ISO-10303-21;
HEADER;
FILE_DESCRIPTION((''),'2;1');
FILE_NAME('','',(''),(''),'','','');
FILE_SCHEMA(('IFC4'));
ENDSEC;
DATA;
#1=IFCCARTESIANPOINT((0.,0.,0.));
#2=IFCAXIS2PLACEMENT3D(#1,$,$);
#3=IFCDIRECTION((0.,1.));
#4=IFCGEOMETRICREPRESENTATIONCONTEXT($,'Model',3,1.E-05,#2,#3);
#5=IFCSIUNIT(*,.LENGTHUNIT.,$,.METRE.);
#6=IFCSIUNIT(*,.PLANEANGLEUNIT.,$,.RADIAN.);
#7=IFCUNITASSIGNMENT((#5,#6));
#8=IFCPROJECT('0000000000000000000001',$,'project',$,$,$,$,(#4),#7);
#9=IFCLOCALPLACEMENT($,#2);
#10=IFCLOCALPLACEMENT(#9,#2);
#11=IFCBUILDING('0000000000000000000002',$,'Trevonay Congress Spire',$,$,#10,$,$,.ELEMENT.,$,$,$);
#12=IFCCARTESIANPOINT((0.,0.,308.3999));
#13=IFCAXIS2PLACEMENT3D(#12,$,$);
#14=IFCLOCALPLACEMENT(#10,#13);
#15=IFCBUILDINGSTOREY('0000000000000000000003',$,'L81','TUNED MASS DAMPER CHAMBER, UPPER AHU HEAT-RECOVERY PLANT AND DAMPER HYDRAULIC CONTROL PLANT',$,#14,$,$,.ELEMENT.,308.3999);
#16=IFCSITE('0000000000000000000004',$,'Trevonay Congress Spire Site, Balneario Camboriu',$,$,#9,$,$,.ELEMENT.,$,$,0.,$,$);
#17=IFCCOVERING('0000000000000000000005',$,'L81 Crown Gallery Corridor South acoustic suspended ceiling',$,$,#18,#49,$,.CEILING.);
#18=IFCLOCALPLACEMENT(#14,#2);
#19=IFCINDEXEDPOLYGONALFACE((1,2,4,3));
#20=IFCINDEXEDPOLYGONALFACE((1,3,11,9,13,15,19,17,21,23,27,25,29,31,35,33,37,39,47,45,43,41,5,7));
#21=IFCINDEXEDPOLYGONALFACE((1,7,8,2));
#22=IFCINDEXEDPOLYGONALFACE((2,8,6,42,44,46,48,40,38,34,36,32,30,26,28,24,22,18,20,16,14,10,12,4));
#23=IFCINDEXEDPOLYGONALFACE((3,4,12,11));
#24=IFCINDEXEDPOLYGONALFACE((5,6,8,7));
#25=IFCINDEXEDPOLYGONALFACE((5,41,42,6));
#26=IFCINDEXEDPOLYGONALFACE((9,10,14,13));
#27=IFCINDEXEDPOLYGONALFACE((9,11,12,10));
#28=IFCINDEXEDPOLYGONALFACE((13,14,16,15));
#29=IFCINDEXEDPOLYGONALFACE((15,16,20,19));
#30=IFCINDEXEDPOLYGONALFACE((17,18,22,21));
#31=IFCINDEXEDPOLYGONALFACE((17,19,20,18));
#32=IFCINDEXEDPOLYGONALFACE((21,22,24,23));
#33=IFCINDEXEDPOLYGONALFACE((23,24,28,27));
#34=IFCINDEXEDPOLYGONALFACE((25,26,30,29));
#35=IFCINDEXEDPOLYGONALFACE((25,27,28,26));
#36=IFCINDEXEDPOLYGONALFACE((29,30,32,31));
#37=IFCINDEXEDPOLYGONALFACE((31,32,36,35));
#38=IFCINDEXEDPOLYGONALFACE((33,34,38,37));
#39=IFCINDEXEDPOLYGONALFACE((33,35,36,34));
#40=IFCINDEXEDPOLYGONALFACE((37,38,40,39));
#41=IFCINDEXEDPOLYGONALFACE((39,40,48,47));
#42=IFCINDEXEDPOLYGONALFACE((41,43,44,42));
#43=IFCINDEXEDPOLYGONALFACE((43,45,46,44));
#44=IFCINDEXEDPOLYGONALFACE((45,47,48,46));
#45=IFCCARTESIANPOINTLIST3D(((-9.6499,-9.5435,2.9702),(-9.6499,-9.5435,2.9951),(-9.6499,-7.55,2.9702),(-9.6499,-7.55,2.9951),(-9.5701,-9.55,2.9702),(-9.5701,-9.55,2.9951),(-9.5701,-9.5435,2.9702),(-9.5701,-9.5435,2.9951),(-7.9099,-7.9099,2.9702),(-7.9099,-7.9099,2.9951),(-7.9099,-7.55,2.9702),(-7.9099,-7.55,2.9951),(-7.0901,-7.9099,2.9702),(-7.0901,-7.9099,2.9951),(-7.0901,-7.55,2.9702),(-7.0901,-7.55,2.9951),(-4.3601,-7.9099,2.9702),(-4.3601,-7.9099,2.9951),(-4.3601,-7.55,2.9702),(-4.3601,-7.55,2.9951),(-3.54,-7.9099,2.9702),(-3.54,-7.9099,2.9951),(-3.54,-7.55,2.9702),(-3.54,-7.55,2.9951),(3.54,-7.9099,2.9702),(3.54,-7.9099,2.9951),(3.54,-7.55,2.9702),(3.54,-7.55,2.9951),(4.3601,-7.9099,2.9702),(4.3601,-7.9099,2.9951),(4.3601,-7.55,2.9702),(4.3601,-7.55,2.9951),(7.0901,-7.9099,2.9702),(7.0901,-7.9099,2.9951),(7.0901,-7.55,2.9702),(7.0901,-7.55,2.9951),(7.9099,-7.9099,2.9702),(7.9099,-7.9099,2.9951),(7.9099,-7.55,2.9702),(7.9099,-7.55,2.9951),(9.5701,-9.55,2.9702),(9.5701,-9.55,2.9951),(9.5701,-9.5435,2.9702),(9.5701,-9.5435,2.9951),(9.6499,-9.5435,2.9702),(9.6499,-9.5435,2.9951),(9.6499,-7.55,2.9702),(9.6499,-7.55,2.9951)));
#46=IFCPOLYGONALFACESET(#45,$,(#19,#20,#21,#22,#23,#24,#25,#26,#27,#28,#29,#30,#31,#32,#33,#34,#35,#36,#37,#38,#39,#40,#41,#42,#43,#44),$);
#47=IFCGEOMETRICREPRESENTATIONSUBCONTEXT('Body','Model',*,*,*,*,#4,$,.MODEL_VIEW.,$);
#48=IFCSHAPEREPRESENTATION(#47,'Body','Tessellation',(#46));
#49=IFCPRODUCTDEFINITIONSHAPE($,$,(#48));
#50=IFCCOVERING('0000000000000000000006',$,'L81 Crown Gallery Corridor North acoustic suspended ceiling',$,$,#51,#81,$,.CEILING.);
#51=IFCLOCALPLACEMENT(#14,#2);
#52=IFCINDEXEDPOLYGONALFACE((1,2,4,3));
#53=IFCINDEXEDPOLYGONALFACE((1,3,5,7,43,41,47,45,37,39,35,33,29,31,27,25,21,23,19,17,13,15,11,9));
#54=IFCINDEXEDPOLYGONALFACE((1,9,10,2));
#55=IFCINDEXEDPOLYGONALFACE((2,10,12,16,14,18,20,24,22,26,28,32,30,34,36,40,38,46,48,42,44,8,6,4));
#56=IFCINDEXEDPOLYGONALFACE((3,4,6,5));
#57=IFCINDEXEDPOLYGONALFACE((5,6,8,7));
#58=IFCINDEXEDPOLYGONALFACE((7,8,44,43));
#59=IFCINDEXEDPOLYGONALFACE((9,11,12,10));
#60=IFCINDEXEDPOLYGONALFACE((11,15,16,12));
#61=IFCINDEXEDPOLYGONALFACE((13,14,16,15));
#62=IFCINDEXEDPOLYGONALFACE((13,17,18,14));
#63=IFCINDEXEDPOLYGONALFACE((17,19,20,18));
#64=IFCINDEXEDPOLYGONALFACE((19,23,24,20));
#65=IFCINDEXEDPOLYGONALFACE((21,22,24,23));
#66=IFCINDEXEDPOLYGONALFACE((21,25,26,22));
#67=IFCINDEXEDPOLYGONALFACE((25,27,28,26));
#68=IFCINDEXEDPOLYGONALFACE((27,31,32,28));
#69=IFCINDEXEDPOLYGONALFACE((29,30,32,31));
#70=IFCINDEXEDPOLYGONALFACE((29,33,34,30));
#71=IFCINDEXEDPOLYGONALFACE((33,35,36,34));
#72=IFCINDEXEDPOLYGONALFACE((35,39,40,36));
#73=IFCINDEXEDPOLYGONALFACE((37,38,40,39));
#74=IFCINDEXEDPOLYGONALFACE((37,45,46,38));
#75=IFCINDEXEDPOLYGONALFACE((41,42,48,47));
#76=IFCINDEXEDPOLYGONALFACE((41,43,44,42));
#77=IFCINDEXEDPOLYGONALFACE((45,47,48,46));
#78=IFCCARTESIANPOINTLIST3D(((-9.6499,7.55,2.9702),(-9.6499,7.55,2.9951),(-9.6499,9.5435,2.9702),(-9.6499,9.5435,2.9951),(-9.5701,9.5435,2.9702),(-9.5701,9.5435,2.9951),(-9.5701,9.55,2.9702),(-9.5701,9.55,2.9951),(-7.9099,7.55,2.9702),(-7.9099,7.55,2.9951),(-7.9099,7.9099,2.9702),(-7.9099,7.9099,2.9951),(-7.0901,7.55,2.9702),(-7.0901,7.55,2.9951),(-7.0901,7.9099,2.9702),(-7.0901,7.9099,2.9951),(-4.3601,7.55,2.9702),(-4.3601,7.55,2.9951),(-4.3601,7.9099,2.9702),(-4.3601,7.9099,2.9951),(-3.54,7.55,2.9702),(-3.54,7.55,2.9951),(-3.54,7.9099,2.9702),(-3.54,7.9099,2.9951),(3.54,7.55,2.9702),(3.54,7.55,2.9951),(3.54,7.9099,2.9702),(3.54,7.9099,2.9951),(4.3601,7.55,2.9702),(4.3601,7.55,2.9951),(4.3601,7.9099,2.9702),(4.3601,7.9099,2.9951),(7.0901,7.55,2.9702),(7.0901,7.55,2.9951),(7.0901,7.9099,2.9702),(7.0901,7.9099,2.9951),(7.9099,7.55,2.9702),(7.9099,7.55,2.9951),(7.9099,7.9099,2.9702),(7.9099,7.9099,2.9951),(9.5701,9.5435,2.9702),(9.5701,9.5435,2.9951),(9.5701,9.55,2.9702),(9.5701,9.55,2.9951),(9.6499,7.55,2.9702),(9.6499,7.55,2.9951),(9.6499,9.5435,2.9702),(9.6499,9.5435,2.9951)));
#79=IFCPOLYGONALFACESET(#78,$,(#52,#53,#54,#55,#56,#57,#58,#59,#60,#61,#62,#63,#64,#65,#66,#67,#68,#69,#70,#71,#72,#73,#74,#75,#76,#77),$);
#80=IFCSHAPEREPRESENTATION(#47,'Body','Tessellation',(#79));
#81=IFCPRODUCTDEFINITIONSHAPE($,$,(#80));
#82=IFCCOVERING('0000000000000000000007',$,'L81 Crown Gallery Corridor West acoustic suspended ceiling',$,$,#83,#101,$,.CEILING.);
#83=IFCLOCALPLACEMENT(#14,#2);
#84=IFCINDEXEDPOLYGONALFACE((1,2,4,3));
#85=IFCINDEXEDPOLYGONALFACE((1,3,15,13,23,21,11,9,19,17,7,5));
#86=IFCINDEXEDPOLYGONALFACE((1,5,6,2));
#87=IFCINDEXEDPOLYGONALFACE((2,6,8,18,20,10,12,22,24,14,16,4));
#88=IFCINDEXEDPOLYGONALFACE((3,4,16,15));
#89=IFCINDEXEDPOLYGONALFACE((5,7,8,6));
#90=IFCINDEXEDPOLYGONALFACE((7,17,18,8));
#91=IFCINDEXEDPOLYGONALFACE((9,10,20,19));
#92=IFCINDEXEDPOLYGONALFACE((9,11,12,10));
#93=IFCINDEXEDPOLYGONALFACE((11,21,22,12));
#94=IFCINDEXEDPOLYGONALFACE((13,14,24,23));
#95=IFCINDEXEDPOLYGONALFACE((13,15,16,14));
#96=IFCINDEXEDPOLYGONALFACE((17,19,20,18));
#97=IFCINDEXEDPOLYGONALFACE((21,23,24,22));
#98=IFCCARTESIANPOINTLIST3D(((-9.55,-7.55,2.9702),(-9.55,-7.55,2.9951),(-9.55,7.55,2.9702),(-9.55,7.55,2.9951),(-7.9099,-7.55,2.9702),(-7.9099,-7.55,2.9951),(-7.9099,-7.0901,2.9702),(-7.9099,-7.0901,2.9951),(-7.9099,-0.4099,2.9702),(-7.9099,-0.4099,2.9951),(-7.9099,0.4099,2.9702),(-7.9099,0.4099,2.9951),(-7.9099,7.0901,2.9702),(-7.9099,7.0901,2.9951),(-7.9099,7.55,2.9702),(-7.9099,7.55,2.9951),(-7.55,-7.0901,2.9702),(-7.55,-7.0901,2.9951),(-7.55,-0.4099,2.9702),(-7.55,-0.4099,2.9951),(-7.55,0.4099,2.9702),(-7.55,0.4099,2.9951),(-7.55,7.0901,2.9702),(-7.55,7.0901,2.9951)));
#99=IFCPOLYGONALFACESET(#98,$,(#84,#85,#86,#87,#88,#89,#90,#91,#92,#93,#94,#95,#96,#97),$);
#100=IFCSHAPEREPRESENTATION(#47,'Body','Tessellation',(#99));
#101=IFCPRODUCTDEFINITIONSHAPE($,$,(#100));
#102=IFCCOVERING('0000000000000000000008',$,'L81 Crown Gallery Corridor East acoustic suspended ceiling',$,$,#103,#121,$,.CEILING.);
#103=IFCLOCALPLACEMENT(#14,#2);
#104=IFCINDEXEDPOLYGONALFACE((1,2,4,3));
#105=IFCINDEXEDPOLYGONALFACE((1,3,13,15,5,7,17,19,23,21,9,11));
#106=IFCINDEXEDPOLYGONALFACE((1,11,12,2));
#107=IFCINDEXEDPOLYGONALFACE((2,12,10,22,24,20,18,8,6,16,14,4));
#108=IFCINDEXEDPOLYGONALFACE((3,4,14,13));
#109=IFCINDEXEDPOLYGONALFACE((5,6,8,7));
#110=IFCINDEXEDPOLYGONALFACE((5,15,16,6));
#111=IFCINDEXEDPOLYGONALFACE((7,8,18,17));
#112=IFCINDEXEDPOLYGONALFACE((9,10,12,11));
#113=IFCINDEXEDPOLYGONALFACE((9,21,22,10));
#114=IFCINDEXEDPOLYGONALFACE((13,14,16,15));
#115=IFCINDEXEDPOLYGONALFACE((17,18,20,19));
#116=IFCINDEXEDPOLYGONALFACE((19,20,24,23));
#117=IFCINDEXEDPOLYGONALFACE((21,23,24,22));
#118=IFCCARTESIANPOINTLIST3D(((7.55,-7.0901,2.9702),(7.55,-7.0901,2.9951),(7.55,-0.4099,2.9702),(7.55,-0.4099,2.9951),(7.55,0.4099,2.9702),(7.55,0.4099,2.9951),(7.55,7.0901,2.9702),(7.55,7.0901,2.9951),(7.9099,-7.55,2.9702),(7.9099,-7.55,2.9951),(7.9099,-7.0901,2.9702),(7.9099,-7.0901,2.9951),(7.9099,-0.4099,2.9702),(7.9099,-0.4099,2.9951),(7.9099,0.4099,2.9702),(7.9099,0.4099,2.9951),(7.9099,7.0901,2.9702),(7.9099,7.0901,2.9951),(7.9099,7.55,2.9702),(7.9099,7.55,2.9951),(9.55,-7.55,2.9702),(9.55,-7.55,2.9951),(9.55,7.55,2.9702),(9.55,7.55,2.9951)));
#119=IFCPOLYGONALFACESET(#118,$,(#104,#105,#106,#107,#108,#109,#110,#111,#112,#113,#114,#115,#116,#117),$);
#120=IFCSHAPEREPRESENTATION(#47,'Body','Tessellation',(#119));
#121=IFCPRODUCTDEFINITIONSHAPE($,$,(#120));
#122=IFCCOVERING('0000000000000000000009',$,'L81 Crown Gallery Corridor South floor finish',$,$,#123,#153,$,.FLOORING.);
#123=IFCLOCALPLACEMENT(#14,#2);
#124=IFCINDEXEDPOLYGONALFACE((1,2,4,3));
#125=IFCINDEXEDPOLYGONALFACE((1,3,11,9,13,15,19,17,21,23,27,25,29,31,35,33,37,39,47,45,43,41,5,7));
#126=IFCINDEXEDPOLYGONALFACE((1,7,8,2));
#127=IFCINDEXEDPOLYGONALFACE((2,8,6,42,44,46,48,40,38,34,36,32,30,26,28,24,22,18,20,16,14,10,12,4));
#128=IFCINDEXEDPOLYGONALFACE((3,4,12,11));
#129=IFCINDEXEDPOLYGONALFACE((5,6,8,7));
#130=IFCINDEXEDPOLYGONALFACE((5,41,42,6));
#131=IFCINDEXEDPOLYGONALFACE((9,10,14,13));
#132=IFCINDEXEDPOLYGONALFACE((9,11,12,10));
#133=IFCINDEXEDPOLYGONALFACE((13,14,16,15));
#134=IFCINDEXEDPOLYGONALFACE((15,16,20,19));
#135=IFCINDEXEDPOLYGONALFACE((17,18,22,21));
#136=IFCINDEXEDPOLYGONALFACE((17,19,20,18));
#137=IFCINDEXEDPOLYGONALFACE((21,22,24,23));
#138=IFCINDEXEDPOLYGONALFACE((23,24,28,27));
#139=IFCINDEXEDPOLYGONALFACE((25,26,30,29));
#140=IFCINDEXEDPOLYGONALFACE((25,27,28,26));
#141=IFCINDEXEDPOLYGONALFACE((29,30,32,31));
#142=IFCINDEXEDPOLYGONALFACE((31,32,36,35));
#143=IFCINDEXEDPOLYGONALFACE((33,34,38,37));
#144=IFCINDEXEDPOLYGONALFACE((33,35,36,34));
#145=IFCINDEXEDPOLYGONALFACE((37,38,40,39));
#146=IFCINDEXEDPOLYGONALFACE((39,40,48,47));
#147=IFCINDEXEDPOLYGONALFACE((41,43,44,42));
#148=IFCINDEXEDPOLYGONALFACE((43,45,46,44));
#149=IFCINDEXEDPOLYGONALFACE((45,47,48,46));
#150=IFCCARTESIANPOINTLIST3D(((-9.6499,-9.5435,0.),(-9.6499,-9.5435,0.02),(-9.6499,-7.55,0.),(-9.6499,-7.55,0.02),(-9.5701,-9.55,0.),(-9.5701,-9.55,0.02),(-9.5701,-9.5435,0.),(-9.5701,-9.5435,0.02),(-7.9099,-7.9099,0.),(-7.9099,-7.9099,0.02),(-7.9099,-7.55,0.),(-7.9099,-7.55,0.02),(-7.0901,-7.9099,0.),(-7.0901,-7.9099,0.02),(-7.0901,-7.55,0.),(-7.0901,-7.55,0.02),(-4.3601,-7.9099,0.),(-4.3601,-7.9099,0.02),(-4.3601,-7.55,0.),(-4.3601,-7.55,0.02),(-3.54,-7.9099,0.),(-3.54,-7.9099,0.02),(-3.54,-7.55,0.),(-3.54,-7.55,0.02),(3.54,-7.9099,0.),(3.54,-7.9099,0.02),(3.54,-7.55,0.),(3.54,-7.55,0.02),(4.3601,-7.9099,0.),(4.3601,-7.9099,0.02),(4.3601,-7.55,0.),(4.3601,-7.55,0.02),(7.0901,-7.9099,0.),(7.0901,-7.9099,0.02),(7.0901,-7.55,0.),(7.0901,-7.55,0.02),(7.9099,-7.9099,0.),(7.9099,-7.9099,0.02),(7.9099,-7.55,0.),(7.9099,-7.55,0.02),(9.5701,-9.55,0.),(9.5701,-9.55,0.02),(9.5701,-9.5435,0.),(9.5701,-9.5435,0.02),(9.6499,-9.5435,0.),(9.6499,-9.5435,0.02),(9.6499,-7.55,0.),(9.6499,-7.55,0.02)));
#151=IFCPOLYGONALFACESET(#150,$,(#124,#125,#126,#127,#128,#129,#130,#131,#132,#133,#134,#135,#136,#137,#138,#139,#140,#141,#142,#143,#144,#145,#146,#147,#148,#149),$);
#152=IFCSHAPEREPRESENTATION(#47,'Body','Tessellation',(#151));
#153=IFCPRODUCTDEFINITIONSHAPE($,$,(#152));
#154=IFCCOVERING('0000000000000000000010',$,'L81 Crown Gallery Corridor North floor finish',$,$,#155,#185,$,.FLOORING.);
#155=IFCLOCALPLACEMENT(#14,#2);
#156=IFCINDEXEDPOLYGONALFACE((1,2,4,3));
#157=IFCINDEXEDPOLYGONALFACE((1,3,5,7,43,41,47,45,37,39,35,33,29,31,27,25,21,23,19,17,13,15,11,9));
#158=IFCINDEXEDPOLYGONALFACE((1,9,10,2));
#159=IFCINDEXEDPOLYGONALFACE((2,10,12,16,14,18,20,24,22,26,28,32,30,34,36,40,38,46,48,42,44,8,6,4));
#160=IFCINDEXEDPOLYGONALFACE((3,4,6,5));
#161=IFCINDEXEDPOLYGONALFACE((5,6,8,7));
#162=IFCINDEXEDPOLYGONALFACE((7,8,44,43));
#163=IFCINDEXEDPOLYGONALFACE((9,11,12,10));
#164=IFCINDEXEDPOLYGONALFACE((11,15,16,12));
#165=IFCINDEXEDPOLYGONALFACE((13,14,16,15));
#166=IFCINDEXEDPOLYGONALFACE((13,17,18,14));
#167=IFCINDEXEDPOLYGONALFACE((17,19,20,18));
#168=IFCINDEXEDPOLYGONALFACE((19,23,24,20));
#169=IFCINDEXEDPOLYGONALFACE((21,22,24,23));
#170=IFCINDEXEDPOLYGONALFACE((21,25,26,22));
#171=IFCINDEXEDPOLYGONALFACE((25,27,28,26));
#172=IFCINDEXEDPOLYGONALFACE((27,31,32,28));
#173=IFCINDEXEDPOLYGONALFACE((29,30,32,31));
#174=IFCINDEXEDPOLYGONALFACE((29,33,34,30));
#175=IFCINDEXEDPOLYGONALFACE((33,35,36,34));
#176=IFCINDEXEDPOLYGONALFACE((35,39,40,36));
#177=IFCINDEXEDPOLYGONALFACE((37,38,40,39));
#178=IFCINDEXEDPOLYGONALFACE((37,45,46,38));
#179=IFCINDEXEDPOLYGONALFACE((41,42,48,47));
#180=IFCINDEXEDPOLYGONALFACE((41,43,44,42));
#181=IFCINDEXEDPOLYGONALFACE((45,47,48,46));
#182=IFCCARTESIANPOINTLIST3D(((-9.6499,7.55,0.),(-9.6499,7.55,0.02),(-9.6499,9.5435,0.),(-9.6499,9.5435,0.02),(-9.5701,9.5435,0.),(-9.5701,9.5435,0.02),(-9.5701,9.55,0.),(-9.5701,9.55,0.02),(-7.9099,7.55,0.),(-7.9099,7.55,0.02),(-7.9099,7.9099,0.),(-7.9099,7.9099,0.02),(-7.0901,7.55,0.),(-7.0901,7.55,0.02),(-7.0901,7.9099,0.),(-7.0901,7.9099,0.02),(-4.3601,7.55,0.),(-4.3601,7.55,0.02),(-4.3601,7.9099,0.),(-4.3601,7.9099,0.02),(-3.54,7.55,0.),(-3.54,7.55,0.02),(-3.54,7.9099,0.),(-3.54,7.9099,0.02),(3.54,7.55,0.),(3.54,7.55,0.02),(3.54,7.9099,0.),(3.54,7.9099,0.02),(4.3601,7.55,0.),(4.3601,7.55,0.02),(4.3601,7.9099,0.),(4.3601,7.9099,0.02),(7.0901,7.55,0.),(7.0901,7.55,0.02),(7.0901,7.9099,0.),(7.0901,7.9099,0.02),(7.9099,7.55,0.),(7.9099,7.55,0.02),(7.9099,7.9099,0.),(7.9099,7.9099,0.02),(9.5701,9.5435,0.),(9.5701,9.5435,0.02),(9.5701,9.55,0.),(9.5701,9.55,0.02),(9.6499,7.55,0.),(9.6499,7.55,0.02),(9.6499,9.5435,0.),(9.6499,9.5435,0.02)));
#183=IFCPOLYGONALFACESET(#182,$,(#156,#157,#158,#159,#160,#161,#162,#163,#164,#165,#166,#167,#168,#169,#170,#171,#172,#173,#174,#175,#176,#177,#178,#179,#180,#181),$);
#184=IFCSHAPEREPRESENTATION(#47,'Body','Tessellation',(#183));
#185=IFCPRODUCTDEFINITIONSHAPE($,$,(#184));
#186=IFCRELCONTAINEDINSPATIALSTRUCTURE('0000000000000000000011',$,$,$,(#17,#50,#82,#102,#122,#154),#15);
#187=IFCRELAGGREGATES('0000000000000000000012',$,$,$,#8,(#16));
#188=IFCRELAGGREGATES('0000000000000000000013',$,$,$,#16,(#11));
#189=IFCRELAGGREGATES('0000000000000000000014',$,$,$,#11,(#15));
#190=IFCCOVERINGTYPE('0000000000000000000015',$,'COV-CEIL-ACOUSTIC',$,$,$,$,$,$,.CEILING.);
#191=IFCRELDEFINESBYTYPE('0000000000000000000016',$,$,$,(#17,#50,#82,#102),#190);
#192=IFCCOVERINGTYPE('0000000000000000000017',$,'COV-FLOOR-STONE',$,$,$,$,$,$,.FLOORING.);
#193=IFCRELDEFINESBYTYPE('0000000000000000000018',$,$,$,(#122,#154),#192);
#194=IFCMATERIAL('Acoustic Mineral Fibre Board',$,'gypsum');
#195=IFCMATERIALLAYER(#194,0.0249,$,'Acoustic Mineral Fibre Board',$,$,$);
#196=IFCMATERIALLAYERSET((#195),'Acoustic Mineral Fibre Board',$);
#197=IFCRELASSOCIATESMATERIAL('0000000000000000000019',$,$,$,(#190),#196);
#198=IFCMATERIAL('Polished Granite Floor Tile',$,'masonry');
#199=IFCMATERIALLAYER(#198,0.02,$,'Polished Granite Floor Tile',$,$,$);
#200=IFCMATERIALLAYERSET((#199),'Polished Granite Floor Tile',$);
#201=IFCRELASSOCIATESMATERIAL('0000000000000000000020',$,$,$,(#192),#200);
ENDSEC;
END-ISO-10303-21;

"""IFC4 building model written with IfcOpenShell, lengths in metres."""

from ifc_helpers import new_model, si_unit, direction, frame, origin, place, context, subcontext, project, spatial, polyline, outline, extrude, material, layer, layer_set, type_object, element, save


model = new_model("IFC4")

# Units and contexts
model_context = context("Model", 3, precision=1e-05, world=origin(), true_north=direction((0.0, 1.0)))
body_context = subcontext(model_context, "Body", "Model", "MODEL_VIEW")
ifc_project = project(units=[si_unit("LENGTHUNIT", "METRE"), si_unit("PLANEANGLEUNIT", "RADIAN")], contexts=[model_context])

# Site, building, storey
site_placement = place(None, origin())
site = spatial("IfcSite", under=ifc_project, at=site_placement, Name="Trevonay Congress Spire Site, Balneario Camboriu", CompositionType="ELEMENT", RefElevation=0.0)
building_placement = place(site_placement, origin())
building = spatial("IfcBuilding", under=site, at=building_placement, Name="Trevonay Congress Spire", CompositionType="ELEMENT")
storey_placement = place(building_placement, frame((0.0, 0.0, 308.3999)))
storey = spatial("IfcBuildingStorey", under=building, at=storey_placement, Name="L81", Description="TUNED MASS DAMPER CHAMBER, UPPER AHU HEAT-RECOVERY PLANT AND DAMPER HYDRAULIC CONTROL PLANT", CompositionType="ELEMENT", Elevation=308.3999)

# Coverings
ifc_material_1 = material(Name="Acoustic Mineral Fibre Board", Category="gypsum")
ifc_layer_1 = layer(ifc_material_1, 0.0249, Name="Acoustic Mineral Fibre Board")
ifc_layer_set_1 = layer_set([ifc_layer_1], Name="Acoustic Mineral Fibre Board")
covering_type_1 = type_object("IfcCoveringType", Name="COV-CEIL-ACOUSTIC", PredefinedType="CEILING", material=ifc_layer_set_1)
covering_1_placement = place(storey_placement, frame((0.0, 0.0, 2.9702)))
element("IfcCovering", 1, at=covering_1_placement, inside=storey, type_object=covering_type_1, Name="L81 Crown Gallery Corridor South acoustic suspended ceiling", PredefinedType="CEILING", context=body_context, shape_type="SweptSolid", body=[
    extrude(outline(polyline([(-9.5701, -9.55), (-9.5701, -9.5435), (-9.6499, -9.5435), (-9.6499, -7.55), (-7.9099, -7.55), (-7.9099, -7.9099), (-7.0901, -7.9099), (-7.0901, -7.55), (-4.3601, -7.55), (-4.3601, -7.9099), (-3.54, -7.9099), (-3.54, -7.55), (3.54, -7.55), (3.54, -7.9099), (4.3601, -7.9099), (4.3601, -7.55), (7.0901, -7.55), (7.0901, -7.9099), (7.9099, -7.9099), (7.9099, -7.55), (9.6499, -7.55), (9.6499, -9.5435), (9.5701, -9.5435), (9.5701, -9.55), (-9.5701, -9.55)])), origin(), (0.0, 0.0, 1.0), 0.0249),
])
covering_2_placement = place(storey_placement, frame((0.0, 0.0, 2.9702)))
element("IfcCovering", 2, at=covering_2_placement, inside=storey, type_object=covering_type_1, Name="L81 Crown Gallery Corridor North acoustic suspended ceiling", PredefinedType="CEILING", context=body_context, shape_type="SweptSolid", body=[
    extrude(outline(polyline([(-9.6499, 7.55), (-9.6499, 9.5435), (-9.5701, 9.5435), (-9.5701, 9.55), (9.5701, 9.55), (9.5701, 9.5435), (9.6499, 9.5435), (9.6499, 7.55), (7.9099, 7.55), (7.9099, 7.9099), (7.0901, 7.9099), (7.0901, 7.55), (4.3601, 7.55), (4.3601, 7.9099), (3.54, 7.9099), (3.54, 7.55), (-3.54, 7.55), (-3.54, 7.9099), (-4.3601, 7.9099), (-4.3601, 7.55), (-7.0901, 7.55), (-7.0901, 7.9099), (-7.9099, 7.9099), (-7.9099, 7.55), (-9.6499, 7.55)])), origin(), (0.0, 0.0, 1.0), 0.0249),
])
covering_3_placement = place(storey_placement, frame((0.0, 0.0, 2.9702)))
element("IfcCovering", 3, at=covering_3_placement, inside=storey, type_object=covering_type_1, Name="L81 Crown Gallery Corridor West acoustic suspended ceiling", PredefinedType="CEILING", context=body_context, shape_type="SweptSolid", body=[
    extrude(outline(polyline([(-9.55, 7.55), (-7.9099, 7.55), (-7.9099, 7.0901), (-7.55, 7.0901), (-7.55, 0.4099), (-7.9099, 0.4099), (-7.9099, -0.4099), (-7.55, -0.4099), (-7.55, -7.0901), (-7.9099, -7.0901), (-7.9099, -7.55), (-9.55, -7.55), (-9.55, 7.55)])), origin(), (0.0, 0.0, 1.0), 0.0249),
])
covering_4_placement = place(storey_placement, frame((0.0, 0.0, 2.9702)))
element("IfcCovering", 4, at=covering_4_placement, inside=storey, type_object=covering_type_1, Name="L81 Crown Gallery Corridor East acoustic suspended ceiling", PredefinedType="CEILING", context=body_context, shape_type="SweptSolid", body=[
    extrude(outline(polyline([(9.55, -7.55), (7.9099, -7.55), (7.9099, -7.0901), (7.55, -7.0901), (7.55, -0.4099), (7.9099, -0.4099), (7.9099, 0.4099), (7.55, 0.4099), (7.55, 7.0901), (7.9099, 7.0901), (7.9099, 7.55), (9.55, 7.55), (9.55, -7.55)])), origin(), (0.0, 0.0, 1.0), 0.0249),
])
ifc_material_2 = material(Name="Polished Granite Floor Tile", Category="masonry")
ifc_layer_2 = layer(ifc_material_2, 0.02, Name="Polished Granite Floor Tile")
ifc_layer_set_2 = layer_set([ifc_layer_2], Name="Polished Granite Floor Tile")
covering_type_2 = type_object("IfcCoveringType", Name="COV-FLOOR-STONE", PredefinedType="FLOORING", material=ifc_layer_set_2)
covering_5_placement = place(storey_placement, origin())
element("IfcCovering", 5, at=covering_5_placement, inside=storey, type_object=covering_type_2, Name="L81 Crown Gallery Corridor South floor finish", PredefinedType="FLOORING", context=body_context, shape_type="SweptSolid", body=[
    extrude(outline(polyline([(-9.5701, -9.55), (-9.5701, -9.5435), (-9.6499, -9.5435), (-9.6499, -7.55), (-7.9099, -7.55), (-7.9099, -7.9099), (-7.0901, -7.9099), (-7.0901, -7.55), (-4.3601, -7.55), (-4.3601, -7.9099), (-3.54, -7.9099), (-3.54, -7.55), (3.54, -7.55), (3.54, -7.9099), (4.3601, -7.9099), (4.3601, -7.55), (7.0901, -7.55), (7.0901, -7.9099), (7.9099, -7.9099), (7.9099, -7.55), (9.6499, -7.55), (9.6499, -9.5435), (9.5701, -9.5435), (9.5701, -9.55), (-9.5701, -9.55)])), origin(), (0.0, 0.0, 1.0), 0.02),
])
covering_6_placement = place(storey_placement, origin())
element("IfcCovering", 6, at=covering_6_placement, inside=storey, type_object=covering_type_2, Name="L81 Crown Gallery Corridor North floor finish", PredefinedType="FLOORING", context=body_context, shape_type="SweptSolid", body=[
    extrude(outline(polyline([(-9.6499, 7.55), (-9.6499, 9.5435), (-9.5701, 9.5435), (-9.5701, 9.55), (9.5701, 9.55), (9.5701, 9.5435), (9.6499, 9.5435), (9.6499, 7.55), (7.9099, 7.55), (7.9099, 7.9099), (7.0901, 7.9099), (7.0901, 7.55), (4.3601, 7.55), (4.3601, 7.9099), (3.54, 7.9099), (3.54, 7.55), (-3.54, 7.55), (-3.54, 7.9099), (-4.3601, 7.9099), (-4.3601, 7.55), (-7.0901, 7.55), (-7.0901, 7.9099), (-7.9099, 7.9099), (-7.9099, 7.55), (-9.6499, 7.55)])), origin(), (0.0, 0.0, 1.0), 0.02),
])

save(model, "model.ifc")
